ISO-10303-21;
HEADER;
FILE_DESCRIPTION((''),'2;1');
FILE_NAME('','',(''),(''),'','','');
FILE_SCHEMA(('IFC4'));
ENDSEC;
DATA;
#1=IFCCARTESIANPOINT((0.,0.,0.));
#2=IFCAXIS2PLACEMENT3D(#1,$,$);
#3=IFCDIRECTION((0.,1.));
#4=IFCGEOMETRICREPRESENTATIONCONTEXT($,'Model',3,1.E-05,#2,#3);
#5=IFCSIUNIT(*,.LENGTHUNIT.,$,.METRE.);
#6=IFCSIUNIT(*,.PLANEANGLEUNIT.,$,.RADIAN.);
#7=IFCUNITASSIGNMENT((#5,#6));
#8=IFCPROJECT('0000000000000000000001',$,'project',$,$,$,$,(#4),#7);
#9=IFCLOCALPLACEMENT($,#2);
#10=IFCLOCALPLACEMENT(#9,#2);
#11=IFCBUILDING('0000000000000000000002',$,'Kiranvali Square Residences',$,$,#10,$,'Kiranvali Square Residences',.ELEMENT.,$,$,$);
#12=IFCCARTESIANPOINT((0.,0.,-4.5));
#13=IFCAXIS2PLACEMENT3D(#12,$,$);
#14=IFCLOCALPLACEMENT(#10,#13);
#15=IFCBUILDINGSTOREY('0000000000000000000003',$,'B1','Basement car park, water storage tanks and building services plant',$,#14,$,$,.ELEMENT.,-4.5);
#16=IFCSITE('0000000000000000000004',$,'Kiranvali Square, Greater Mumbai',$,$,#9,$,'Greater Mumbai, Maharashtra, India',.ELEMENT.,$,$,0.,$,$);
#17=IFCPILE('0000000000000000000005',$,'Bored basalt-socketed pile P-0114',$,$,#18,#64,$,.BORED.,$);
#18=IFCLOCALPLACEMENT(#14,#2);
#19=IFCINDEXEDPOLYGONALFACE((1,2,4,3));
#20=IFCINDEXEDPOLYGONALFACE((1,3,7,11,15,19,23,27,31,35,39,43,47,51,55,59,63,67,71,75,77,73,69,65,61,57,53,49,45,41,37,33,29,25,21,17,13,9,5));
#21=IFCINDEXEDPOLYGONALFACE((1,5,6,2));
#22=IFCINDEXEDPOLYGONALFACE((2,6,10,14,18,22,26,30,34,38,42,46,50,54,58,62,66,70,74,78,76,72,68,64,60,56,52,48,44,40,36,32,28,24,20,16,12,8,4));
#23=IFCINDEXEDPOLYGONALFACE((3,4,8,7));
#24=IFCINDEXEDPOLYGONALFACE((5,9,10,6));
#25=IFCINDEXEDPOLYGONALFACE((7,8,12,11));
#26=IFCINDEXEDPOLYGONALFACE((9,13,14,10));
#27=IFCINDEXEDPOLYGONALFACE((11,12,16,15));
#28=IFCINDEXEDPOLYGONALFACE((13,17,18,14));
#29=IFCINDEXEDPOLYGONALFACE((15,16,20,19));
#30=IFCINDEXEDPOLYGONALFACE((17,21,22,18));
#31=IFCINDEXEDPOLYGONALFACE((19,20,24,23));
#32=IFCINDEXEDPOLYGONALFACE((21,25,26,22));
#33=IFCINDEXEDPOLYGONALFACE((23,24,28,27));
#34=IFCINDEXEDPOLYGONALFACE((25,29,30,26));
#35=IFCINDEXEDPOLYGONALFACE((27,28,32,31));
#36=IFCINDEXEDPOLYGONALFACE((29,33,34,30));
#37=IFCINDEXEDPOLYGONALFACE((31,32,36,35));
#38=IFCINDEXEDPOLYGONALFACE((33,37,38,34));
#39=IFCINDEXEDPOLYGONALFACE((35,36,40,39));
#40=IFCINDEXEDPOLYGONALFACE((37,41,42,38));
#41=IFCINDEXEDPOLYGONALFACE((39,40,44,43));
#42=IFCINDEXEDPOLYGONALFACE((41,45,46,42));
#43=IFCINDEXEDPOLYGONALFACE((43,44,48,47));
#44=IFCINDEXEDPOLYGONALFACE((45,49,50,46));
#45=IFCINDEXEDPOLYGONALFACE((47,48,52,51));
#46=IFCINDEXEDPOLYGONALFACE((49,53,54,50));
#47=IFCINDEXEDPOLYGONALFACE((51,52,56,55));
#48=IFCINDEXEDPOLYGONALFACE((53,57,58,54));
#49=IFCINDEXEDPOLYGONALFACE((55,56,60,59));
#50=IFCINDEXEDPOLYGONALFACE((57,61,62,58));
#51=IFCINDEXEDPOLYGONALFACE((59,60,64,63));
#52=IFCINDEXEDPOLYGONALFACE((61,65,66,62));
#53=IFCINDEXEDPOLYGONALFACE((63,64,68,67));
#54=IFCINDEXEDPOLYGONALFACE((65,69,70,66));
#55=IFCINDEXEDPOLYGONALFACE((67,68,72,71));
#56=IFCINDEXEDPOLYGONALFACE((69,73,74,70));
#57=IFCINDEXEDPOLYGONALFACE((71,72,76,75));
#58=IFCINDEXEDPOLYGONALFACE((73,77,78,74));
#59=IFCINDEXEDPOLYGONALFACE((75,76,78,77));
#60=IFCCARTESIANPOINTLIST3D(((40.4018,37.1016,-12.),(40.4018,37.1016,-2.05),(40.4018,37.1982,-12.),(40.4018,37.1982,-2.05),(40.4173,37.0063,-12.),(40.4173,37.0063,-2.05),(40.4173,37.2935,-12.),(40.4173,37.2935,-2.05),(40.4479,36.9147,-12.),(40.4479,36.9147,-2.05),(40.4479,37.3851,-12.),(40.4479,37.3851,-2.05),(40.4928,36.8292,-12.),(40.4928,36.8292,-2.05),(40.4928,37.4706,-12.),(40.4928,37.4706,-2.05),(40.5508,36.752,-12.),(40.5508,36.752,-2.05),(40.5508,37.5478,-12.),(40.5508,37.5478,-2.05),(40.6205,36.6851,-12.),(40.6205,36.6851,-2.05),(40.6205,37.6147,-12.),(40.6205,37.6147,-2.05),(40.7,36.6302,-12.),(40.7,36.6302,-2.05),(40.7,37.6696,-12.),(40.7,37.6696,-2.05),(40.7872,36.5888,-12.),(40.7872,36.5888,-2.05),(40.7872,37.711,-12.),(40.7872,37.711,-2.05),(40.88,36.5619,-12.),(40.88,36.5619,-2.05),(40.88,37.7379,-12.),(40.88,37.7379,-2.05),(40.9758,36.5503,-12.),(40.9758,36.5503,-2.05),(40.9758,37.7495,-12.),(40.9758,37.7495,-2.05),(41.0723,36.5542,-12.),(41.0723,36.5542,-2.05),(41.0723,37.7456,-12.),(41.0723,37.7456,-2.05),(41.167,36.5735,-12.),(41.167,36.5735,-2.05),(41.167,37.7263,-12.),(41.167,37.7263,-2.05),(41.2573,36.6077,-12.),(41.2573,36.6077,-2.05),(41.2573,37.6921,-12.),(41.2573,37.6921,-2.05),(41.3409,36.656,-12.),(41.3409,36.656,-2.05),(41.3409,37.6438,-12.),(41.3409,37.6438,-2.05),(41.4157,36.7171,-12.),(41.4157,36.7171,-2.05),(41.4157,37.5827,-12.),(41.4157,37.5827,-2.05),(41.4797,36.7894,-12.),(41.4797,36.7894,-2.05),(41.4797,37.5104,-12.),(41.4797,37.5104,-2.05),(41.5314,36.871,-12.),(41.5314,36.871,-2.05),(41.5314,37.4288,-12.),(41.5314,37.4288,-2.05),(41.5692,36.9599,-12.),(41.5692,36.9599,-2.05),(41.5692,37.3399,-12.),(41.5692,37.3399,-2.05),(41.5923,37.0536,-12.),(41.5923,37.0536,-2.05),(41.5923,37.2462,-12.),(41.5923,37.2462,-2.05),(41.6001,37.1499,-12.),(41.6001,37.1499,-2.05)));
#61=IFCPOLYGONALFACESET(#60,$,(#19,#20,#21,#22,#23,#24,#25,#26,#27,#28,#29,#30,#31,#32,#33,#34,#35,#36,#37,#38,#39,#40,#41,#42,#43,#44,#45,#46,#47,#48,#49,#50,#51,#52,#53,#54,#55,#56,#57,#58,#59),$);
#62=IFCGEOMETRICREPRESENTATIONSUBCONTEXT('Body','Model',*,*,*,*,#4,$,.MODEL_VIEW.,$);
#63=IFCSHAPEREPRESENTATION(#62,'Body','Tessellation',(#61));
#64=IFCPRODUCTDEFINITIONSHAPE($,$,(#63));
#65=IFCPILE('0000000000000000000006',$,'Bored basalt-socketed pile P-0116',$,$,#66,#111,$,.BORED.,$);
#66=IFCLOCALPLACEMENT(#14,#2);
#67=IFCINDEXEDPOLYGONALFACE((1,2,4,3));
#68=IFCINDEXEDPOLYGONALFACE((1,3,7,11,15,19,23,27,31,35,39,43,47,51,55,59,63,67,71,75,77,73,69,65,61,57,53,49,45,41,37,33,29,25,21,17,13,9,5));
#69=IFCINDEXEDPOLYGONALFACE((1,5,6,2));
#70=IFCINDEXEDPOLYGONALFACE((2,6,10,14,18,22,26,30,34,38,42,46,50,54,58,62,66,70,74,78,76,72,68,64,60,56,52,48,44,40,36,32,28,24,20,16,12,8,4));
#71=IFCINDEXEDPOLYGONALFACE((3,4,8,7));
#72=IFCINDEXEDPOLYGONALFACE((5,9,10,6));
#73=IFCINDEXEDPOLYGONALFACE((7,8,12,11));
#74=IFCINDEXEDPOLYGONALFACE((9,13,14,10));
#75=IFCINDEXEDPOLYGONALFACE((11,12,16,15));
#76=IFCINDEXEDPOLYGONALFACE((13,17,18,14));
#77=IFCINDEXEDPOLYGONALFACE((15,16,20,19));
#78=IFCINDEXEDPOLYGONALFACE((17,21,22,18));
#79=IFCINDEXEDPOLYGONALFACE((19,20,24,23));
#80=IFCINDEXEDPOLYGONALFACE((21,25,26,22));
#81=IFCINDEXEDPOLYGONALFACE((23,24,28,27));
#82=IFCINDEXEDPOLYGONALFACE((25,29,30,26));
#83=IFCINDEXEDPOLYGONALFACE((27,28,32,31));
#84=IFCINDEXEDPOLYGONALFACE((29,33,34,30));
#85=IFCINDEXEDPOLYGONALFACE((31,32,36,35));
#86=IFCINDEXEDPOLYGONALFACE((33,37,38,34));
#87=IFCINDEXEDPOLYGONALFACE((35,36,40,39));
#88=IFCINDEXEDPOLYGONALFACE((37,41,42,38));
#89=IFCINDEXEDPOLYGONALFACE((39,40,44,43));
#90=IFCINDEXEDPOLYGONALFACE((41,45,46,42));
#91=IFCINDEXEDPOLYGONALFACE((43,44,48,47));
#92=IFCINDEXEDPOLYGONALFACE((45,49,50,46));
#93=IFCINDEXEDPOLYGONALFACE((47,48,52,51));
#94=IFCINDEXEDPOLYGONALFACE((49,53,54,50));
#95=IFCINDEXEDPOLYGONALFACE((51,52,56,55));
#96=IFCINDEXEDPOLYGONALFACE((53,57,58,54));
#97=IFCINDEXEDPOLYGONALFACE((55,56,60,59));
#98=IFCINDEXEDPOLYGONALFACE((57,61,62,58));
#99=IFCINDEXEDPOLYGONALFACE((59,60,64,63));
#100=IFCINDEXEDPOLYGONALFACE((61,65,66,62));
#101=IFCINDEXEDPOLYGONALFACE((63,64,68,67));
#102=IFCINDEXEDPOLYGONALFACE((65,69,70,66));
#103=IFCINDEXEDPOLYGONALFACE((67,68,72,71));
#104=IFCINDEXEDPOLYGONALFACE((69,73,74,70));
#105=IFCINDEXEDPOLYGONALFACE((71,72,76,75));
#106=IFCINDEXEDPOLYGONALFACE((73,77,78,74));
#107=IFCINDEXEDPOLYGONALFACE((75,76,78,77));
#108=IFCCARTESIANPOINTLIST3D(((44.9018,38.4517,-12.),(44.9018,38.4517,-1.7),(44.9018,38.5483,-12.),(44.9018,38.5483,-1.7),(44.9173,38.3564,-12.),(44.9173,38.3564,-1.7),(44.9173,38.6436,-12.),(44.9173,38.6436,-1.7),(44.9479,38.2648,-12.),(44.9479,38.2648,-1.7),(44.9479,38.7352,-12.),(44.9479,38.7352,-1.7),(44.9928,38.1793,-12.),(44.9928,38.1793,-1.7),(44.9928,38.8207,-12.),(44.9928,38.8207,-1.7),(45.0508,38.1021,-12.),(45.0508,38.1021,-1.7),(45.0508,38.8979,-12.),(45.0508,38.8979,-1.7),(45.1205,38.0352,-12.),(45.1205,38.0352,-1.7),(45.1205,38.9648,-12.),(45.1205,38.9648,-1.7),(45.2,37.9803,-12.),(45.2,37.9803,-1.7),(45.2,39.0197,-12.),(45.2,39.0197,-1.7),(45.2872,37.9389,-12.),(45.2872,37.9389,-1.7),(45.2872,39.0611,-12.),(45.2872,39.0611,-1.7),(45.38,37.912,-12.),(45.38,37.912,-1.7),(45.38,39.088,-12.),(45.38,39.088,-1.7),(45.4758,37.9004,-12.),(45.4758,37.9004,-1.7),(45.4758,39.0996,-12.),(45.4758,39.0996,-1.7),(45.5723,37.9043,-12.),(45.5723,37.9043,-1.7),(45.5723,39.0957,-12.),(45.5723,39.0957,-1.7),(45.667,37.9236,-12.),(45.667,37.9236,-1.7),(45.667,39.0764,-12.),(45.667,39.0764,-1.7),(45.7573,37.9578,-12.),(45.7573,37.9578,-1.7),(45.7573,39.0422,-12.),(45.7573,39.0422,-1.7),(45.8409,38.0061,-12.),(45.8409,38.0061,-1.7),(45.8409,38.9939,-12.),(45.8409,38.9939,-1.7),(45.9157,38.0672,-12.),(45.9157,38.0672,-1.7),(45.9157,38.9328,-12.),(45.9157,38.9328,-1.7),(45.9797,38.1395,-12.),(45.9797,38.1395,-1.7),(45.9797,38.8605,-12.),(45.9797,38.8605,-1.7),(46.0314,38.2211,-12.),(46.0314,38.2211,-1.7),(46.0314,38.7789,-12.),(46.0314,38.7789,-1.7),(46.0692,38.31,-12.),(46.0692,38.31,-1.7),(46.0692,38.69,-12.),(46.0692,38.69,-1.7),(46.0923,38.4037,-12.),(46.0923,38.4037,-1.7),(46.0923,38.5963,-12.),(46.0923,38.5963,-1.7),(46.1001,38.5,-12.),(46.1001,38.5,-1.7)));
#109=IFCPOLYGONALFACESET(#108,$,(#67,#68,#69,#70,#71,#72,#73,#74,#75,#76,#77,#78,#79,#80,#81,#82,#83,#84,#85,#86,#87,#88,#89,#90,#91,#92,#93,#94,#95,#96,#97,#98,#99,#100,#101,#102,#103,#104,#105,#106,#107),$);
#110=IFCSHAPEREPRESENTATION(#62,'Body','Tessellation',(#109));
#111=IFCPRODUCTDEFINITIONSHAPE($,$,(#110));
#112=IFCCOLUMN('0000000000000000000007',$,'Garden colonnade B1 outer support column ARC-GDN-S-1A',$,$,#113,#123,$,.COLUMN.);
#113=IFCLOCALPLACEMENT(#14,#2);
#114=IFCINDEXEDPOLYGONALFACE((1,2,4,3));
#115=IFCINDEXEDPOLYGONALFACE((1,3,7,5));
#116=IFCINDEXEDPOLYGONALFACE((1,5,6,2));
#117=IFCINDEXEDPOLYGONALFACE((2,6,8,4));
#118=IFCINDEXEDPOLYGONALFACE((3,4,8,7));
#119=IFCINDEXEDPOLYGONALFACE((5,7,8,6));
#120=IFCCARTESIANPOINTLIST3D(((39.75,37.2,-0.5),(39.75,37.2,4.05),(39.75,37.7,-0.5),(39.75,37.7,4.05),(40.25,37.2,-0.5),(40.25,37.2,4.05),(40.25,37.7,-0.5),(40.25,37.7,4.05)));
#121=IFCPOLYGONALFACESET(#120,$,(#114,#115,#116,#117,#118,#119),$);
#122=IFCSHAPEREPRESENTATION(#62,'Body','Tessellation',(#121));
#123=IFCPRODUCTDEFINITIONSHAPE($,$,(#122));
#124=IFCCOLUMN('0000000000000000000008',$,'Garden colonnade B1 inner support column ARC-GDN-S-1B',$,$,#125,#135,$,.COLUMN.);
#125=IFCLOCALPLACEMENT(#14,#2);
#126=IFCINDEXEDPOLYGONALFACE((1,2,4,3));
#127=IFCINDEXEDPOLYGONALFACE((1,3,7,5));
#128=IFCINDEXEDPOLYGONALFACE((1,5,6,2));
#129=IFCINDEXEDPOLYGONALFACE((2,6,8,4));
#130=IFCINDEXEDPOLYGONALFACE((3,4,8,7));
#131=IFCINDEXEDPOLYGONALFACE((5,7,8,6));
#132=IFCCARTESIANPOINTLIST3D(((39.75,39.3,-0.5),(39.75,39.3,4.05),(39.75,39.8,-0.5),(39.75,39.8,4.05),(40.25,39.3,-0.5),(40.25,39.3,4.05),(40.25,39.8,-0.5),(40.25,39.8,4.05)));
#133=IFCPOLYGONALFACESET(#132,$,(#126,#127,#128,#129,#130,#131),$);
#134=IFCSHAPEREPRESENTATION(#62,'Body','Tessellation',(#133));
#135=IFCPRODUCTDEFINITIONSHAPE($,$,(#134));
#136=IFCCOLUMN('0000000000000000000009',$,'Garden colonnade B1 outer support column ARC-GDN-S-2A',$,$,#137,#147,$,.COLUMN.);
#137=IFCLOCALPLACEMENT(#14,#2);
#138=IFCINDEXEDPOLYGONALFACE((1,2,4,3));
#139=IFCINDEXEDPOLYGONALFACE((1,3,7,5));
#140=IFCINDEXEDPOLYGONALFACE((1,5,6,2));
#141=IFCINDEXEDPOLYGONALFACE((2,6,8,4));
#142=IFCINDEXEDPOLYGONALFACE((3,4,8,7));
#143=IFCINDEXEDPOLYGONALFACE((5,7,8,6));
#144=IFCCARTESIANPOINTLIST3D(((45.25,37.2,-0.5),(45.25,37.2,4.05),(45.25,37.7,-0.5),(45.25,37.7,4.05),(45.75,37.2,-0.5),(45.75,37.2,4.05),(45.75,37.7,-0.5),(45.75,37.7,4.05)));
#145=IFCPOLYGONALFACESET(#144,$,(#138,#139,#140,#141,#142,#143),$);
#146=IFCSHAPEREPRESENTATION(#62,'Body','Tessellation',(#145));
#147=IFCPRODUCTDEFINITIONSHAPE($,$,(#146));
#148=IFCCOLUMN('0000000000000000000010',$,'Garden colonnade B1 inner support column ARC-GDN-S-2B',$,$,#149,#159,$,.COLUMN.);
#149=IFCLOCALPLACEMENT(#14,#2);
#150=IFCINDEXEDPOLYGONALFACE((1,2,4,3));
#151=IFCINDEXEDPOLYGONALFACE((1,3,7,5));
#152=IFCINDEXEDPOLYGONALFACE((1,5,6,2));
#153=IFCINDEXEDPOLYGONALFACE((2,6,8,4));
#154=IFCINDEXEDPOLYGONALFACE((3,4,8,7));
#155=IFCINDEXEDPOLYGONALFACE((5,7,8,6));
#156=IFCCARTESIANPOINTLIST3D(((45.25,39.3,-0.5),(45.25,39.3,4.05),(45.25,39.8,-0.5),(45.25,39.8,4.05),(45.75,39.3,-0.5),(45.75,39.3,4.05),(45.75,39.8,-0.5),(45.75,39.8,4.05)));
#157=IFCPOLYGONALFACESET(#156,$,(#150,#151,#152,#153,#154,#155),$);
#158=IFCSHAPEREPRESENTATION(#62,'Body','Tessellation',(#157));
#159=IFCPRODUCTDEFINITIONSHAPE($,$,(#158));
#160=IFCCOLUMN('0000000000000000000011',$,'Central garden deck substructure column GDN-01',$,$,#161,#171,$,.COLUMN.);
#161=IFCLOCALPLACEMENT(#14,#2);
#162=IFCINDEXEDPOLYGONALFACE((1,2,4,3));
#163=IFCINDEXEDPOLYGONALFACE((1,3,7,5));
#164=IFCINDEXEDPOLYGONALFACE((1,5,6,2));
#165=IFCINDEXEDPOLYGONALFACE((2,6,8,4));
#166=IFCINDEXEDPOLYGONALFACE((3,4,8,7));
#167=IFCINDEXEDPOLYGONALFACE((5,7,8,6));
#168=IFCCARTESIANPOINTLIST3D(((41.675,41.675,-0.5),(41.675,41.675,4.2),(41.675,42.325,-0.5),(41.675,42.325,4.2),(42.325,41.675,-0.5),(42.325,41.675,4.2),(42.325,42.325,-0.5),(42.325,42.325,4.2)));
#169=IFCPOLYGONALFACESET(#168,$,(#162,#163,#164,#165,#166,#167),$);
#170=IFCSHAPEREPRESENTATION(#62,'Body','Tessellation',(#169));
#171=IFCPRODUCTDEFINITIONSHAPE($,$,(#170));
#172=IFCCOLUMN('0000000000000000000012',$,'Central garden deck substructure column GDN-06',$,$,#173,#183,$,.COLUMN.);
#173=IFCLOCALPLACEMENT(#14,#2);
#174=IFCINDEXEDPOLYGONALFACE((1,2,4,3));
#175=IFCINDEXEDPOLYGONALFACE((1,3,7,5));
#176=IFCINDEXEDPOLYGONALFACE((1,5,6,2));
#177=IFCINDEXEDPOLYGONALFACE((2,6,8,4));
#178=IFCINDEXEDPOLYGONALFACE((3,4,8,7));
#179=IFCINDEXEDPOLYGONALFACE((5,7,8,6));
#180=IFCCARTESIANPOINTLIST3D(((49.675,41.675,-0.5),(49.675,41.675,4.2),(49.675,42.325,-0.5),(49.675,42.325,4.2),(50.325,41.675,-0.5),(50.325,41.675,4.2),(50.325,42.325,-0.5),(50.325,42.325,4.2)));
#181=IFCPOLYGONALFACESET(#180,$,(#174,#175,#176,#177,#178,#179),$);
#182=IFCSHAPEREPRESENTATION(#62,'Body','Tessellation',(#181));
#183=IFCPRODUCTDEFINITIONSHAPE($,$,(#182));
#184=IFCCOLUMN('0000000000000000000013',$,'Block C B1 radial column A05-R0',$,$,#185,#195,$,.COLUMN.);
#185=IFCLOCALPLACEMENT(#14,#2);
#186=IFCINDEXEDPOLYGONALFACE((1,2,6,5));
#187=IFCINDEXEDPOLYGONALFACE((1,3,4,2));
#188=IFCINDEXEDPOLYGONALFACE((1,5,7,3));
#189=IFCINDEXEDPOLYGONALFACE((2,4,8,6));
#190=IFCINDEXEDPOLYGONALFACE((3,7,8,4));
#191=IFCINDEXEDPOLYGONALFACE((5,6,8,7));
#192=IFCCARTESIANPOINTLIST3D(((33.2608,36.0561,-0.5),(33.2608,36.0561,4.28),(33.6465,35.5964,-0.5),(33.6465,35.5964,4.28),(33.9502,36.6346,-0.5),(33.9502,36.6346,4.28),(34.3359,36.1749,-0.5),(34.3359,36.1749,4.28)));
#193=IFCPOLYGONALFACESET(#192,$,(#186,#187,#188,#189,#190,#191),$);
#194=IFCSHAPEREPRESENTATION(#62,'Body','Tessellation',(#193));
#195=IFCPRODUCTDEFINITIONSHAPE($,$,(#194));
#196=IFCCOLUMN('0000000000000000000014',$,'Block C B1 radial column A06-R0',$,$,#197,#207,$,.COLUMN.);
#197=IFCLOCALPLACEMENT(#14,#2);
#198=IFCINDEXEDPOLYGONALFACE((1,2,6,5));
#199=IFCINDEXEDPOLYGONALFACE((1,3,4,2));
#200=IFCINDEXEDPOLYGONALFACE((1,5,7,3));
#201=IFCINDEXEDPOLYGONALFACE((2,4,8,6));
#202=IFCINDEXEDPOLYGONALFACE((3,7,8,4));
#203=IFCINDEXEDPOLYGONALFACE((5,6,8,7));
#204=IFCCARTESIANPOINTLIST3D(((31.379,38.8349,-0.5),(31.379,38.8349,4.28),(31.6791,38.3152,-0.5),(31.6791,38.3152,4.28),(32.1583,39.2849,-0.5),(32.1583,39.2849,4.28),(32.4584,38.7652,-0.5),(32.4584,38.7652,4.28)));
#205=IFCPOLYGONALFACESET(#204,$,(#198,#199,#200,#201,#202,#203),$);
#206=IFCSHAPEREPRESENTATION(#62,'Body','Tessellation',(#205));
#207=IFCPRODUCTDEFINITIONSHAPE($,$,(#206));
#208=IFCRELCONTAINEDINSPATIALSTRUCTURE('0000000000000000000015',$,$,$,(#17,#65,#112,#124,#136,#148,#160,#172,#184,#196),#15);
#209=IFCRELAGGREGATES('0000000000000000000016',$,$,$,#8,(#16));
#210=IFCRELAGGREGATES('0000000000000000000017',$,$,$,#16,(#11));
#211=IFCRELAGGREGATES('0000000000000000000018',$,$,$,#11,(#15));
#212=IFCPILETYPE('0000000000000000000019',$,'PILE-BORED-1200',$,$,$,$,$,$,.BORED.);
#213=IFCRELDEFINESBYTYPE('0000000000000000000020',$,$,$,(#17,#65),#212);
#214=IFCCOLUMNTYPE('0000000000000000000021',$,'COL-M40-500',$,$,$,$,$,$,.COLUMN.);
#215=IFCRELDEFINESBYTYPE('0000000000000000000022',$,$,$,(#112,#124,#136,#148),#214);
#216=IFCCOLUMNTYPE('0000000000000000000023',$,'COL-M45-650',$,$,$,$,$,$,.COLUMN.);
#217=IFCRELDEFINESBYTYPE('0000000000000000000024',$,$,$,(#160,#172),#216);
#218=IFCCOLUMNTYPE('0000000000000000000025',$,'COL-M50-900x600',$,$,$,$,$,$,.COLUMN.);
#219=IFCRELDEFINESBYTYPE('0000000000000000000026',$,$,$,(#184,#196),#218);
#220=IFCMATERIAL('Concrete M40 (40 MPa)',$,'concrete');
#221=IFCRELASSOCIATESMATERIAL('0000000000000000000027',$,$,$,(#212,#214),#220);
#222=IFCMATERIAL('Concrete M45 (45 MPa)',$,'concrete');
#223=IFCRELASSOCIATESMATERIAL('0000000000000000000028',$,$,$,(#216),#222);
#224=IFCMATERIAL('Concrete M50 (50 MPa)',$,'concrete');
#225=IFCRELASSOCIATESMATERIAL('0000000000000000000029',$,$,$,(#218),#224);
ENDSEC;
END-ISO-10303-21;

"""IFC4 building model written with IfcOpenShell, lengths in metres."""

from ifc_helpers import new_model, si_unit, direction, frame, origin, origin_2d, place, context, subcontext, project, spatial, rectangle, circle, extrude, material, material_profile, profile_set, type_object, element, save


model = new_model("IFC4")

# Units and contexts
model_context = context("Model", 3, precision=1e-05, world=origin(), true_north=direction((0.0, 1.0)))
body_context = subcontext(model_context, "Body", "Model", "MODEL_VIEW")
ifc_project = project(units=[si_unit("LENGTHUNIT", "METRE"), si_unit("PLANEANGLEUNIT", "RADIAN")], contexts=[model_context])

# Site, building, storey
site_placement = place(None, origin())
site = spatial("IfcSite", under=ifc_project, at=site_placement, Name="Kiranvali Square, Greater Mumbai", LongName="Greater Mumbai, Maharashtra, India", CompositionType="ELEMENT", RefElevation=0.0)
building_placement = place(site_placement, origin())
building = spatial("IfcBuilding", under=site, at=building_placement, Name="Kiranvali Square Residences", LongName="Kiranvali Square Residences", CompositionType="ELEMENT")
storey_placement = place(building_placement, frame((0.0, 0.0, -4.5)))
storey = spatial("IfcBuildingStorey", under=building, at=storey_placement, Name="B1", Description="Basement car park, water storage tanks and building services plant", CompositionType="ELEMENT", Elevation=-4.5)

# Shared definitions
ifc_material_1 = material(Name="Concrete M40 (40 MPa)", Category="concrete")

# Piles
ifc_material_profile_1 = material_profile(ifc_material_1, circle(Radius=0.6001, at=origin_2d()), Name="BORED PILE 1200")
ifc_profile_set_1 = profile_set([ifc_material_profile_1], Name="Concrete M40 (40 MPa)")
pile_type = type_object("IfcPileType", Name="PILE-BORED-1200", PredefinedType="BORED", material=ifc_profile_set_1)
for number, where, z_axis, x_axis, name in (
    (1, (41.0, 37.1499, -2.05), (0.0, 0.0, -1.0), (1.0, 0.0, 0.0), "Bored basalt-socketed pile P-0114"),
):
    element("IfcPile", number, at=place(storey_placement, frame(where, z_axis=z_axis, x_axis=x_axis)), inside=storey, type_object=pile_type, Name=name, PredefinedType="BORED", context=body_context, shape_type="SweptSolid", body=[
        extrude(circle(Radius=0.6001, at=origin_2d()), origin(), (0.0, 0.0, 1.0), 9.95),
    ])
pile_placement = place(storey_placement, frame((45.5, 38.5, -1.7), z_axis=(0.0, 0.0, -1.0), x_axis=(1.0, 0.0, 0.0)))
element("IfcPile", 2, at=pile_placement, inside=storey, type_object=pile_type, Name="Bored basalt-socketed pile P-0116", PredefinedType="BORED", context=body_context, shape_type="SweptSolid", body=[
    extrude(circle(Radius=0.6001, at=origin_2d()), origin(), (0.0, 0.0, 1.0), 10.3),
])

# Columns
ifc_material_profile_2 = material_profile(ifc_material_1, rectangle(XDim=0.5, YDim=0.5, at=origin_2d()), Name="RC 500x500")
ifc_profile_set_2 = profile_set([ifc_material_profile_2], Name="Concrete M40 (40 MPa)")
column_type_1 = type_object("IfcColumnType", Name="COL-M40-500", PredefinedType="COLUMN", material=ifc_profile_set_2)
for number, where, z_axis, x_axis, name in (
    (3, (40.0, 37.45, -0.5), (0.0, 0.0, 1.0), (1.0, 0.0, 0.0), "Garden colonnade B1 outer support column ARC-GDN-S-1A"),
    (4, (40.0, 39.55, -0.5), (0.0, 0.0, 1.0), (1.0, 0.0, 0.0), "Garden colonnade B1 inner support column ARC-GDN-S-1B"),
    (5, (45.5, 37.45, -0.5), (0.0, 0.0, 1.0), (1.0, 0.0, 0.0), "Garden colonnade B1 outer support column ARC-GDN-S-2A"),
    (6, (45.5, 39.55, -0.5), (0.0, 0.0, 1.0), (1.0, 0.0, 0.0), "Garden colonnade B1 inner support column ARC-GDN-S-2B"),
):
    element("IfcColumn", number, at=place(storey_placement, frame(where, z_axis=z_axis, x_axis=x_axis)), inside=storey, type_object=column_type_1, Name=name, PredefinedType="COLUMN", context=body_context, shape_type="SweptSolid", body=[
        extrude(rectangle(XDim=0.5, YDim=0.5, at=origin_2d()), origin(), (0.0, 0.0, 1.0), 4.55),
    ])
ifc_material_2 = material(Name="Concrete M45 (45 MPa)", Category="concrete")
ifc_material_profile_3 = material_profile(ifc_material_2, rectangle(XDim=0.6499, YDim=0.6499, at=origin_2d()), Name="RC 650x650")
ifc_profile_set_3 = profile_set([ifc_material_profile_3], Name="Concrete M45 (45 MPa)")
column_type_2 = type_object("IfcColumnType", Name="COL-M45-650", PredefinedType="COLUMN", material=ifc_profile_set_3)
for number, where, z_axis, x_axis, name in (
    (7, (42.0, 42.0, -0.5), (0.0, 0.0, 1.0), (1.0, 0.0, 0.0), "Central garden deck substructure column GDN-01"),
    (8, (50.0, 42.0, -0.5), (0.0, 0.0, 1.0), (1.0, 0.0, 0.0), "Central garden deck substructure column GDN-06"),
):
    element("IfcColumn", number, at=place(storey_placement, frame(where, z_axis=z_axis, x_axis=x_axis)), inside=storey, type_object=column_type_2, Name=name, PredefinedType="COLUMN", context=body_context, shape_type="SweptSolid", body=[
        extrude(rectangle(XDim=0.6499, YDim=0.6499, at=origin_2d()), origin(), (0.0, 0.0, 1.0), 4.7),
    ])
ifc_material_3 = material(Name="Concrete M50 (50 MPa)", Category="concrete")
ifc_material_profile_4 = material_profile(ifc_material_3, rectangle(XDim=0.6001, YDim=0.8999, at=origin_2d()), Name="RC 900x600")
ifc_profile_set_4 = profile_set([ifc_material_profile_4], Name="Concrete M50 (50 MPa)")
column_type_3 = type_object("IfcColumnType", Name="COL-M50-900x600", PredefinedType="COLUMN", material=ifc_profile_set_4)
for number, where, z_axis, x_axis, name in (
    (9, (33.7983, 36.1155, -0.5), (0.0, 0.0, 1.0), (-0.642788, 0.766044, 0.0), "Block C B1 radial column A05-R0"),
    (10, (31.9187, 38.8, -0.5), (0.0, 0.0, 1.0), (-0.5, 0.866025, 0.0), "Block C B1 radial column A06-R0"),
):
    element("IfcColumn", number, at=place(storey_placement, frame(where, z_axis=z_axis, x_axis=x_axis)), inside=storey, type_object=column_type_3, Name=name, PredefinedType="COLUMN", context=body_context, shape_type="SweptSolid", body=[
        extrude(rectangle(XDim=0.6001, YDim=0.8999, at=origin_2d()), origin(), (0.0, 0.0, 1.0), 4.78),
    ])

save(model, "model.ifc")
